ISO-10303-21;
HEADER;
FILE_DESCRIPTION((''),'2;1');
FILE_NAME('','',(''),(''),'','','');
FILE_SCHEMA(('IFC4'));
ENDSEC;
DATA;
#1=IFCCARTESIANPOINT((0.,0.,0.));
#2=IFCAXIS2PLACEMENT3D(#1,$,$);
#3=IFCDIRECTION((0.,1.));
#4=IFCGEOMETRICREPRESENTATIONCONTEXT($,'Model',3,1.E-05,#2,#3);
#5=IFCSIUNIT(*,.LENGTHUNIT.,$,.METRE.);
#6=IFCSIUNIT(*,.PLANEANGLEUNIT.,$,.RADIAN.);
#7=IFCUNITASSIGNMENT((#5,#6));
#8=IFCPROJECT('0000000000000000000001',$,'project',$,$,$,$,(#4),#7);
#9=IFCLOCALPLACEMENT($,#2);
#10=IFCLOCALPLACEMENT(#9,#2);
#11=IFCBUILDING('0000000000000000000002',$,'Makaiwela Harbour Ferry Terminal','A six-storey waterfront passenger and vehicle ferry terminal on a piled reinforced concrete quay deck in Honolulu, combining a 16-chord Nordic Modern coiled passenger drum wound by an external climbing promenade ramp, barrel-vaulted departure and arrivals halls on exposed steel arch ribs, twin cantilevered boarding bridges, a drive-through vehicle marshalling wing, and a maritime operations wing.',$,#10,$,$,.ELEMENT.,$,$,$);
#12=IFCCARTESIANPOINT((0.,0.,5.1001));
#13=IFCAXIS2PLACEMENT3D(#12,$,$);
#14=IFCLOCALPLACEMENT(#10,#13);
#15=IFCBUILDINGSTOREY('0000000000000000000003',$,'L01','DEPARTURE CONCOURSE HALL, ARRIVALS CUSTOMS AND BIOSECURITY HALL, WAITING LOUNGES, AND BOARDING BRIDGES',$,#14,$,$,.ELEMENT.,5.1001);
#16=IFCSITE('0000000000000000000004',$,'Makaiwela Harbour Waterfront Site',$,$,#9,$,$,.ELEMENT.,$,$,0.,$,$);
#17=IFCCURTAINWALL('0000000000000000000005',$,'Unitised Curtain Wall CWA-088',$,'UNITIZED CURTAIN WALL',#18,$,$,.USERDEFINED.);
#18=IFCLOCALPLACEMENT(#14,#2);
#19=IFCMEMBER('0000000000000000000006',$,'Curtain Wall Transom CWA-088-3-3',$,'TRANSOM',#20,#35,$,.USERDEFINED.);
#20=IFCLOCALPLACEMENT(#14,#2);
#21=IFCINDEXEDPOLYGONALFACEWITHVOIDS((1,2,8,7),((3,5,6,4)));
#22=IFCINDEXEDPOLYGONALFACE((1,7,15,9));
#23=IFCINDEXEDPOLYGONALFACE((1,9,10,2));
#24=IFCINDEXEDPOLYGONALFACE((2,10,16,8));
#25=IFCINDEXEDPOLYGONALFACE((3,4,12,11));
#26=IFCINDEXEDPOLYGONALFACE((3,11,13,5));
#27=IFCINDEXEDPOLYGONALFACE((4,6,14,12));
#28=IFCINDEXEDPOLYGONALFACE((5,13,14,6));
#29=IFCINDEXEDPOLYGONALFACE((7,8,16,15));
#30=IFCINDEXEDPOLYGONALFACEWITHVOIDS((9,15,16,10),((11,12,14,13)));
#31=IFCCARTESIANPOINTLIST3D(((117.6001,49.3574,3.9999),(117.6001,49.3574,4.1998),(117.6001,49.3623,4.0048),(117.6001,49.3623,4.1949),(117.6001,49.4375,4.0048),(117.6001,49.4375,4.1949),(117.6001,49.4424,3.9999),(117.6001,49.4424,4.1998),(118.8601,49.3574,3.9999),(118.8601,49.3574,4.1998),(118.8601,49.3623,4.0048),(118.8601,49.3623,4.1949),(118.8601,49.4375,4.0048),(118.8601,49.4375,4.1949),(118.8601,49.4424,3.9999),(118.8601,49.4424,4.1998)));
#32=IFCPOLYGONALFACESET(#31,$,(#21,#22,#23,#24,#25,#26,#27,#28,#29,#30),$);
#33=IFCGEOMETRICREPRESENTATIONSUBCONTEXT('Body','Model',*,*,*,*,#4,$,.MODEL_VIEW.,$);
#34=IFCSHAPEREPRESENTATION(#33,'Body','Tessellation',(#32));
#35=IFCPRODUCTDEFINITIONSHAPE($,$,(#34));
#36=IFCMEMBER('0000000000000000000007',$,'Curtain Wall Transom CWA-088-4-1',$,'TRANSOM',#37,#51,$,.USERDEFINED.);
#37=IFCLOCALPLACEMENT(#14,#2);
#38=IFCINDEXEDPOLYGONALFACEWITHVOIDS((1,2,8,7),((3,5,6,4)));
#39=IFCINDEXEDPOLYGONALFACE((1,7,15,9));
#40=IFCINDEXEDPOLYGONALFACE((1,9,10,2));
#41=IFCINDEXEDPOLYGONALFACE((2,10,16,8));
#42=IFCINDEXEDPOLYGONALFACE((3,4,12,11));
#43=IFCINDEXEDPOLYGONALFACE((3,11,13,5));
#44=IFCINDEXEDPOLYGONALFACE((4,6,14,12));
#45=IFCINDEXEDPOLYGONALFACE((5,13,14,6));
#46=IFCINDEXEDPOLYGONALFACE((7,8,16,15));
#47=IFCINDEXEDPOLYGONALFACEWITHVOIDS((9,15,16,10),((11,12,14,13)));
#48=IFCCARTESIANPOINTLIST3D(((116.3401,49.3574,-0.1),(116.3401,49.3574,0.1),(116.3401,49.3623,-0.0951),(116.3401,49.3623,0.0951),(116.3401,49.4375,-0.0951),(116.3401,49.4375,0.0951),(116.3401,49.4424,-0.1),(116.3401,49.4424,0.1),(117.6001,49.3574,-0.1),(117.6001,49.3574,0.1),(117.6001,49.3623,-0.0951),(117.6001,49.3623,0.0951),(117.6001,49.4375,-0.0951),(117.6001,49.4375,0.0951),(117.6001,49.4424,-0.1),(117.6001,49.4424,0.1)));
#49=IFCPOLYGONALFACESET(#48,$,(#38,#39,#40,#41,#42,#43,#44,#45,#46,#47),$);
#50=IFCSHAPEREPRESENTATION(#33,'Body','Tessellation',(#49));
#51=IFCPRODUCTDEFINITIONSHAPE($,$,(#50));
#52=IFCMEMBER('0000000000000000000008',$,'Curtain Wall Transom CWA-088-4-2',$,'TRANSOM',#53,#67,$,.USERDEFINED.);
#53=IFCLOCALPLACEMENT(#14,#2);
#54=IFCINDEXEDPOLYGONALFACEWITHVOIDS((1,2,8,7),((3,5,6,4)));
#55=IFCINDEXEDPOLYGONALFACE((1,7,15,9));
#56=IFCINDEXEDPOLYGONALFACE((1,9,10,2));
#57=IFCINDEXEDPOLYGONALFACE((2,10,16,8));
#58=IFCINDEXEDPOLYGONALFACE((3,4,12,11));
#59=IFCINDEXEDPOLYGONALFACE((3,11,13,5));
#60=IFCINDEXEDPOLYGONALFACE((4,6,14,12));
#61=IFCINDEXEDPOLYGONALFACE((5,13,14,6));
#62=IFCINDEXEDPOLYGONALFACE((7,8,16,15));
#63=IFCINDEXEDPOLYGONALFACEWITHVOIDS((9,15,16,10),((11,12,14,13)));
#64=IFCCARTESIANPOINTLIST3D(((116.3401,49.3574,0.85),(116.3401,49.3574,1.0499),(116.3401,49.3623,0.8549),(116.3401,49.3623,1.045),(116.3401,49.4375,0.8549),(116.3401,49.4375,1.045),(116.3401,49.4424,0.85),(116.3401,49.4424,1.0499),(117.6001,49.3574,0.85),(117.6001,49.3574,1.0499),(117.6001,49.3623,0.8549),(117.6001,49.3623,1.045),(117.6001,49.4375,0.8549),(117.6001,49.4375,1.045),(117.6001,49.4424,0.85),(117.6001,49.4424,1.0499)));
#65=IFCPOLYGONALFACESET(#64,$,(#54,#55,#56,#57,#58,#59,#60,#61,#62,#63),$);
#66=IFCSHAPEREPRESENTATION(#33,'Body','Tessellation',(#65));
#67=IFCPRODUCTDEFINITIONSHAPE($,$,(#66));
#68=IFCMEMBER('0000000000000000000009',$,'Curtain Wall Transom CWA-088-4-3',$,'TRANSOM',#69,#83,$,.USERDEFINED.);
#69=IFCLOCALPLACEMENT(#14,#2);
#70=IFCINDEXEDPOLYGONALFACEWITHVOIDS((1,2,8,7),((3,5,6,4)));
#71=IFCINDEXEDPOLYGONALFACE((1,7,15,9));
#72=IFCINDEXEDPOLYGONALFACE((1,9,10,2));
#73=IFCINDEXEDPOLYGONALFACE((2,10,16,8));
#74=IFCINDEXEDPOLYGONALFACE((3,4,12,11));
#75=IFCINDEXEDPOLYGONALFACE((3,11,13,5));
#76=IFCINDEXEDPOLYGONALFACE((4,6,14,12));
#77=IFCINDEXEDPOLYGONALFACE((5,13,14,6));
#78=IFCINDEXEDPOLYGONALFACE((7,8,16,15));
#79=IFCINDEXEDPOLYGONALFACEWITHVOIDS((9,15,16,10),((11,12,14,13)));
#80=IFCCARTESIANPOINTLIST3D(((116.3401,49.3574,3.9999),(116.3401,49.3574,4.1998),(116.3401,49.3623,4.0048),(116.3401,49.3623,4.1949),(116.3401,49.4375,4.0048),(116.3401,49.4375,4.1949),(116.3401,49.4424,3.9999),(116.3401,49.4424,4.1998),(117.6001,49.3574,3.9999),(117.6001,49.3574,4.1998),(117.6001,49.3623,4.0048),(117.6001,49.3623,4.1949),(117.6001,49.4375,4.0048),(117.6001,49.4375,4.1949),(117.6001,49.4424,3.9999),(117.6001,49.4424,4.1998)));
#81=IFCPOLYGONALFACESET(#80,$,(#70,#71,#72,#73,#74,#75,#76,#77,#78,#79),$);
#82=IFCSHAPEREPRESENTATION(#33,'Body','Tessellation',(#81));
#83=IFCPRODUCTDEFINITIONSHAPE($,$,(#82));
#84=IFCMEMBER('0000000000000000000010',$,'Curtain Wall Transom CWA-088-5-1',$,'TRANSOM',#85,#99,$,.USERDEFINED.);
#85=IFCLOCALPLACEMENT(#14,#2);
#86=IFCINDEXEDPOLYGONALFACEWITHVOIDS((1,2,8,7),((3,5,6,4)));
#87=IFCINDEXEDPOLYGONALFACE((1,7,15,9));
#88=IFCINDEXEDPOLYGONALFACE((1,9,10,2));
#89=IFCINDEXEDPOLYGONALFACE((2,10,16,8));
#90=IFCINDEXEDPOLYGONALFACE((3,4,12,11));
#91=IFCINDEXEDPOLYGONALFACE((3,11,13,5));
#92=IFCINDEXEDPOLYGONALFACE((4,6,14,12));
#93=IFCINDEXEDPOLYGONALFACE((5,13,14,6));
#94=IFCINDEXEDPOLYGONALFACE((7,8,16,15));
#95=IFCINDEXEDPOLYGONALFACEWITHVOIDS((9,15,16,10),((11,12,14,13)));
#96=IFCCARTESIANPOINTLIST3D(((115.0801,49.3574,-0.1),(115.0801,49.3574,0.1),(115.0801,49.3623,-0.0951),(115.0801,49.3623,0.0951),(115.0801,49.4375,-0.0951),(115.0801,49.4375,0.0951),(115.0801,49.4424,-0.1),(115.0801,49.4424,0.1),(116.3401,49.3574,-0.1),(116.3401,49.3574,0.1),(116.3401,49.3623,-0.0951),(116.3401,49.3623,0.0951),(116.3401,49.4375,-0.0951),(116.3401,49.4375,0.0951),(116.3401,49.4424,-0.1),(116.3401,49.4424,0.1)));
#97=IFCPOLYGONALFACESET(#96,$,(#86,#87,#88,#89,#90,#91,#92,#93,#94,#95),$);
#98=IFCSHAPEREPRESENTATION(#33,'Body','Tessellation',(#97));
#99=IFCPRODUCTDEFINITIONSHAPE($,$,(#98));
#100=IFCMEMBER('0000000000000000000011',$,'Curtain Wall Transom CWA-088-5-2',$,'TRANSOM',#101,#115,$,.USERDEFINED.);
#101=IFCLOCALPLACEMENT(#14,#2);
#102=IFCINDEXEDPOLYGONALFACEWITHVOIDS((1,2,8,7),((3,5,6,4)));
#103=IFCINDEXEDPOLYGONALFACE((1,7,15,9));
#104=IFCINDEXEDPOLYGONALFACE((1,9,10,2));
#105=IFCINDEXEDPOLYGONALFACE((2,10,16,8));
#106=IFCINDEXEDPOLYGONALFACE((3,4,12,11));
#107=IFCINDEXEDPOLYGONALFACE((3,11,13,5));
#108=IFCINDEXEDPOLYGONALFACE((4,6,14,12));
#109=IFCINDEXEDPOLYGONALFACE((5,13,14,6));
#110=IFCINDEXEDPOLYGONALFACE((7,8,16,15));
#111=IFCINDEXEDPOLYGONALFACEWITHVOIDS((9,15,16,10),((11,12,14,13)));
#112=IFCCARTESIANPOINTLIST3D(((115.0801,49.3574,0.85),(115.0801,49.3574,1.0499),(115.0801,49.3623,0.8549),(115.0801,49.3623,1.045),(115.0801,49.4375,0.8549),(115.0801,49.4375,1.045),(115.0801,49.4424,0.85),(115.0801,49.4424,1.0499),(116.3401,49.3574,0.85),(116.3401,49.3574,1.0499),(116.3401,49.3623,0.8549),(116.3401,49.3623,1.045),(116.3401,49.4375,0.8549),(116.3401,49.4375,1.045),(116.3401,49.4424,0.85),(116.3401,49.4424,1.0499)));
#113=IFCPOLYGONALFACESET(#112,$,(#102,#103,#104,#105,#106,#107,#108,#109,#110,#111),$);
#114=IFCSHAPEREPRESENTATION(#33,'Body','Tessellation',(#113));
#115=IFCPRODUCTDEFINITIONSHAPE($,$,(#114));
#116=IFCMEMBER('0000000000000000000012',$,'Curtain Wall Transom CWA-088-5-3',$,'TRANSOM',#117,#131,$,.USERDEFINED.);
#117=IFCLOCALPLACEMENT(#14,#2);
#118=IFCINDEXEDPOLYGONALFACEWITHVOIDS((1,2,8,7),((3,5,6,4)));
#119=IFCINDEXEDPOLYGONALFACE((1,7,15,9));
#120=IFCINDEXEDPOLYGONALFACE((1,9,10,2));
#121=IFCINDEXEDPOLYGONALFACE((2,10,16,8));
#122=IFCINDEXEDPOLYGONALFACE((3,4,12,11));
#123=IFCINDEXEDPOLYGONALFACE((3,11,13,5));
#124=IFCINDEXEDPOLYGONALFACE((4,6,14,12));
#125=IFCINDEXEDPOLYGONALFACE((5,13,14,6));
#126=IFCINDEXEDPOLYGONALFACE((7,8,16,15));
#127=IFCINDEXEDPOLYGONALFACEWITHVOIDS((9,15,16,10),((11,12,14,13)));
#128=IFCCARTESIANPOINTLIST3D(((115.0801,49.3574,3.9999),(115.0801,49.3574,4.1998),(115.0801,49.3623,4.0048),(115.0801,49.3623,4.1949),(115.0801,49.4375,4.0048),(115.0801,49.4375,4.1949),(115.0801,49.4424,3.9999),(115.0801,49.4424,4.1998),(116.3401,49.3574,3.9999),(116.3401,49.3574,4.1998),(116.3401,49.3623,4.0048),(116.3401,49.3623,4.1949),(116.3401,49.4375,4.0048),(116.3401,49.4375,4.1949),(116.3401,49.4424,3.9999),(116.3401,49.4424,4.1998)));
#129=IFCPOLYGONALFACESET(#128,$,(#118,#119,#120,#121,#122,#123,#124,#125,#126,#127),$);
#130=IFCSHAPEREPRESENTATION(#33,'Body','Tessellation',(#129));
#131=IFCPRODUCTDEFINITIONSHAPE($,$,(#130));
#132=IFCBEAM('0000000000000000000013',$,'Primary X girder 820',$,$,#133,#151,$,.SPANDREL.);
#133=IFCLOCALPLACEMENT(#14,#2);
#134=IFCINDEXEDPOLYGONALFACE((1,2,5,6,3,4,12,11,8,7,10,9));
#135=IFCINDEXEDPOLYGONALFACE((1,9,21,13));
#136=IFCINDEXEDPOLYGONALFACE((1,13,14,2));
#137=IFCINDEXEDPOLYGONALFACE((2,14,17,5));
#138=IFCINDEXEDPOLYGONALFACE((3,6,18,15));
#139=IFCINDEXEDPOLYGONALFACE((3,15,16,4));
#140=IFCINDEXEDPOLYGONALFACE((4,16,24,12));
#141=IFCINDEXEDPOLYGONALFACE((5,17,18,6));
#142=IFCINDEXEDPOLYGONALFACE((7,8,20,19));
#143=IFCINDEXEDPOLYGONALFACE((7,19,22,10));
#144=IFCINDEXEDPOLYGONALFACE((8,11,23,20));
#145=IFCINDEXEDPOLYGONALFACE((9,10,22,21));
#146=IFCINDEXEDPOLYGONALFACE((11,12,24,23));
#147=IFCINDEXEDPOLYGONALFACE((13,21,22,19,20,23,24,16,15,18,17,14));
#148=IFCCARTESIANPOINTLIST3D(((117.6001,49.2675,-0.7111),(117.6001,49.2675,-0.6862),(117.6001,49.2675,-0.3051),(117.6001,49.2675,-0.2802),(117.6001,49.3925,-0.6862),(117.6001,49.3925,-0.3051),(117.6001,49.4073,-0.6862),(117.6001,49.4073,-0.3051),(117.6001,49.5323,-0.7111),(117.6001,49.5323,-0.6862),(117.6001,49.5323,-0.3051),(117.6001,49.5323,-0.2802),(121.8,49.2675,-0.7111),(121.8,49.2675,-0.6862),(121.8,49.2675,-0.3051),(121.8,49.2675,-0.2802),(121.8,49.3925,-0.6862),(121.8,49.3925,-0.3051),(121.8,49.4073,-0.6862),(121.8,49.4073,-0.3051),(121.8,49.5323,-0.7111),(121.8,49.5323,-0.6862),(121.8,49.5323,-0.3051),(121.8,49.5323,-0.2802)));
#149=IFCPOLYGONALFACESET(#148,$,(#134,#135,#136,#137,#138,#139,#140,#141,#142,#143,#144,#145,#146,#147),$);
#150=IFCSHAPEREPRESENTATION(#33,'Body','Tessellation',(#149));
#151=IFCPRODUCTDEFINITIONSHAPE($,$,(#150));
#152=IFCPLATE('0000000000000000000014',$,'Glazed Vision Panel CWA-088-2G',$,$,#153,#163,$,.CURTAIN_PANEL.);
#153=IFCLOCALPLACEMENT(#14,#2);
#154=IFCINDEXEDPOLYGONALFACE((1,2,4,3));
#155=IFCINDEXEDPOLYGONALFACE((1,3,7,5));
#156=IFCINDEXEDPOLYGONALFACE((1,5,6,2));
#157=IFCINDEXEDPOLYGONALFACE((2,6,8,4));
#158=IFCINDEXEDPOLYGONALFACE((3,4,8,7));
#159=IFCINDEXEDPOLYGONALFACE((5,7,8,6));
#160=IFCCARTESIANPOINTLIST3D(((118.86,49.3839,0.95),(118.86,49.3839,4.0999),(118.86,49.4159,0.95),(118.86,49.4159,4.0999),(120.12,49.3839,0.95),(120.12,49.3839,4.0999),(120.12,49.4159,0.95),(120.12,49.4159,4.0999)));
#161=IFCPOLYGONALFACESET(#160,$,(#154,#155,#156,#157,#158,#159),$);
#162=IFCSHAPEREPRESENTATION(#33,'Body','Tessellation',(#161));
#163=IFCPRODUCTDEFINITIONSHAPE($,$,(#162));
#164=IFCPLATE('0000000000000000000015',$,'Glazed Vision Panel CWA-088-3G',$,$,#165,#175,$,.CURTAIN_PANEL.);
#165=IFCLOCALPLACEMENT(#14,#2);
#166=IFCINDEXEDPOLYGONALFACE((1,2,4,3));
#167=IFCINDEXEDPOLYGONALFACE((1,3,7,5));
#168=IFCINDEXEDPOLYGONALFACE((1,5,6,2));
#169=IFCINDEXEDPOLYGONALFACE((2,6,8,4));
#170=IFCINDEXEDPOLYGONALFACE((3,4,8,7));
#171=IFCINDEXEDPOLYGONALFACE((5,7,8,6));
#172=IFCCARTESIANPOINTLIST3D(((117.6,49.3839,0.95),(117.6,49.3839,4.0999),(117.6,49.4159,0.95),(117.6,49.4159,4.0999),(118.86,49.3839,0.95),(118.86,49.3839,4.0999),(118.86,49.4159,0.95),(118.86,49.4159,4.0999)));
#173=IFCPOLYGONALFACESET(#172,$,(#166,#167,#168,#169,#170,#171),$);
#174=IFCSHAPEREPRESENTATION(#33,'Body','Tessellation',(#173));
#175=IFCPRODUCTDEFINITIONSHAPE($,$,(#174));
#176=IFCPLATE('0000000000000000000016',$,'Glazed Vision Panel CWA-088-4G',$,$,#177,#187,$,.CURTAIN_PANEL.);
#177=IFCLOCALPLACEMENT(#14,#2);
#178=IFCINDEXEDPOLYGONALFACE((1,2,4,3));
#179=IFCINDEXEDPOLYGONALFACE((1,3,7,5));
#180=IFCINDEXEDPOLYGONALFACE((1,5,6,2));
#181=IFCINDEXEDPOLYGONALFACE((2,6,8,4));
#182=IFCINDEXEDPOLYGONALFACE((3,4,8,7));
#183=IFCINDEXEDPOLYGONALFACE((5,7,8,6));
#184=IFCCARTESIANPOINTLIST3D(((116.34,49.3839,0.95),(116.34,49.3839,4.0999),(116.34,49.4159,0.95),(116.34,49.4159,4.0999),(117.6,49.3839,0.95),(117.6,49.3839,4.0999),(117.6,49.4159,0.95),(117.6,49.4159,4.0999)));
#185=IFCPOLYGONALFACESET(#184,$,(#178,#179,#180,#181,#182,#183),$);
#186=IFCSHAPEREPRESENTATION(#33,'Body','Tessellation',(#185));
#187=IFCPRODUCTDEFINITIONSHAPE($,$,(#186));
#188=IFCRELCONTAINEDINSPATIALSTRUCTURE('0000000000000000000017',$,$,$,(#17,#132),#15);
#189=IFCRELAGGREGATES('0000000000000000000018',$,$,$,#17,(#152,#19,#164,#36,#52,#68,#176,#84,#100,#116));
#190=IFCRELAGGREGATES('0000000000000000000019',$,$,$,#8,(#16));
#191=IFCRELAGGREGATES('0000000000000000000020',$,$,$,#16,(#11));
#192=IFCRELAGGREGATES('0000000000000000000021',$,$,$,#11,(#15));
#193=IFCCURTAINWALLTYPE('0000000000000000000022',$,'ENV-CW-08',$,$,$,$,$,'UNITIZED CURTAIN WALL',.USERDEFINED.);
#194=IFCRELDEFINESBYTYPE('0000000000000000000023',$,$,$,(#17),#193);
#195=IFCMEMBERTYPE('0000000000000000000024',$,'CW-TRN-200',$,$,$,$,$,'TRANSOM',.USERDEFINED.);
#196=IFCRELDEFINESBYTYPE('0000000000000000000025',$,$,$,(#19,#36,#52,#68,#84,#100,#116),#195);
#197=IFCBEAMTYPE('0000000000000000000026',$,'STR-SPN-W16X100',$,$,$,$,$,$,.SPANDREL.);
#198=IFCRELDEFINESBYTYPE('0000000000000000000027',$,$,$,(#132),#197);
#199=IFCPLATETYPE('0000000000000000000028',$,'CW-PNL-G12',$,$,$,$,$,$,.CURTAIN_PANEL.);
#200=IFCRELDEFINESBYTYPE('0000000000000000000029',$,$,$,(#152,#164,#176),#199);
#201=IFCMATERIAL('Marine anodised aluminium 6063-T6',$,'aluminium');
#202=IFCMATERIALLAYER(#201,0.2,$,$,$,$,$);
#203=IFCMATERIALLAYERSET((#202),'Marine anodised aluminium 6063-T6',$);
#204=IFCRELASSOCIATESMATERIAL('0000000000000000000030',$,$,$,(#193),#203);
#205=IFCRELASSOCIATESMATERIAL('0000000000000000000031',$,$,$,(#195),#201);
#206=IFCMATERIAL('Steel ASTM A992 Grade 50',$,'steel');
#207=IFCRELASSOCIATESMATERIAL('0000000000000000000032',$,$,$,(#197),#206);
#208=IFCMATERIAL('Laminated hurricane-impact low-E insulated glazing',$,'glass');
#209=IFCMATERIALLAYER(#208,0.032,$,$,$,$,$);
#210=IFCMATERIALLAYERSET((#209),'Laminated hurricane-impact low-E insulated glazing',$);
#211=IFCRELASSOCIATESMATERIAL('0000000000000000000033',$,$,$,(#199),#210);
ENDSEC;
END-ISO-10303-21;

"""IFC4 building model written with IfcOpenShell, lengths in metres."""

from ifc_helpers import new_model, si_unit, direction, frame, origin, origin_2d, place, context, subcontext, project, spatial, rectangle, hollow_rectangle, i_section, extrude, material, layer, layer_set, material_profile, profile_set, type_object, element, aggregate, save


model = new_model("IFC4")

# Units and contexts
model_context = context("Model", 3, precision=1e-05, world=origin(), true_north=direction((0.0, 1.0)))
body_context = subcontext(model_context, "Body", "Model", "MODEL_VIEW")
ifc_project = project(units=[si_unit("LENGTHUNIT", "METRE"), si_unit("PLANEANGLEUNIT", "RADIAN")], contexts=[model_context])

# Site, building, storey
site_placement = place(None, origin())
site = spatial("IfcSite", under=ifc_project, at=site_placement, Name="Makaiwela Harbour Waterfront Site", CompositionType="ELEMENT", RefElevation=0.0)
building_placement = place(site_placement, origin())
building = spatial("IfcBuilding", under=site, at=building_placement, Name="Makaiwela Harbour Ferry Terminal", Description="A six-storey waterfront passenger and vehicle ferry terminal on a piled reinforced concrete quay deck in Honolulu, combining a 16-chord Nordic Modern coiled passenger drum wound by an external climbing promenade ramp, barrel-vaulted departure and arrivals halls on exposed steel arch ribs, twin cantilevered boarding bridges, a drive-through vehicle marshalling wing, and a maritime operations wing.", CompositionType="ELEMENT")
storey_placement = place(building_placement, frame((0.0, 0.0, 5.1001)))
storey = spatial("IfcBuildingStorey", under=building, at=storey_placement, Name="L01", Description="DEPARTURE CONCOURSE HALL, ARRIVALS CUSTOMS AND BIOSECURITY HALL, WAITING LOUNGES, AND BOARDING BRIDGES", CompositionType="ELEMENT", Elevation=5.1001)

# Shared definitions
ifc_material_1 = material(Name="Steel ASTM A992 Grade 50", Category="steel")

# Curtain wall, members
ifc_material_2 = material(Name="Marine anodised aluminium 6063-T6", Category="aluminium")
ifc_layer_1 = layer(ifc_material_2, 0.2)
ifc_layer_set_1 = layer_set([ifc_layer_1], Name="Marine anodised aluminium 6063-T6")
curtain_wall_type = type_object("IfcCurtainWallType", Name="ENV-CW-08", ElementType="UNITIZED CURTAIN WALL", PredefinedType="USERDEFINED", material=ifc_layer_set_1)
curtain_wall_placement = place(storey_placement, origin())
curtain_wall = element("IfcCurtainWall", 1, at=curtain_wall_placement, inside=storey, type_object=curtain_wall_type, Name="Unitised Curtain Wall CWA-088", ObjectType="UNITIZED CURTAIN WALL", PredefinedType="USERDEFINED")
ifc_material_profile_1 = material_profile(ifc_material_2, hollow_rectangle(XDim=0.085, YDim=0.2, WallThickness=0.0049, at=origin_2d()), Name="CWT-200X85")
ifc_profile_set_1 = profile_set([ifc_material_profile_1], Name="Marine anodised aluminium 6063-T6")
member_type_1 = type_object("IfcMemberType", Name="CW-TRN-200", ElementType="TRANSOM", PredefinedType="USERDEFINED", material=ifc_profile_set_1)
member_1_placement = place(storey_placement, frame((118.8601, 49.3999, 4.0999), z_axis=(-1.0, 0.0, 0.0), x_axis=(0.0, -1.0, 0.0)))
member_1 = element("IfcMember", 2, at=member_1_placement, type_object=member_type_1, Name="Curtain Wall Transom CWA-088-3-3", ObjectType="TRANSOM", PredefinedType="USERDEFINED", context=body_context, shape_type="SweptSolid", body=[
    extrude(hollow_rectangle(XDim=0.085, YDim=0.2, WallThickness=0.0049, at=origin_2d()), origin(), (0.0, 0.0, 1.0), 1.26),
])
member_2_placement = place(storey_placement, frame((117.6001, 49.3999, 0.0), z_axis=(-1.0, 0.0, 0.0), x_axis=(0.0, -1.0, 0.0)))
member_2 = element("IfcMember", 3, at=member_2_placement, type_object=member_type_1, Name="Curtain Wall Transom CWA-088-4-1", ObjectType="TRANSOM", PredefinedType="USERDEFINED", context=body_context, shape_type="SweptSolid", body=[
    extrude(hollow_rectangle(XDim=0.085, YDim=0.2, WallThickness=0.0049, at=origin_2d()), origin(), (0.0, 0.0, 1.0), 1.26),
])
member_3_placement = place(storey_placement, frame((117.6001, 49.3999, 0.95), z_axis=(-1.0, 0.0, 0.0), x_axis=(0.0, -1.0, 0.0)))
member_3 = element("IfcMember", 4, at=member_3_placement, type_object=member_type_1, Name="Curtain Wall Transom CWA-088-4-2", ObjectType="TRANSOM", PredefinedType="USERDEFINED", context=body_context, shape_type="SweptSolid", body=[
    extrude(hollow_rectangle(XDim=0.085, YDim=0.2, WallThickness=0.0049, at=origin_2d()), origin(), (0.0, 0.0, 1.0), 1.26),
])
member_4_placement = place(storey_placement, frame((117.6001, 49.3999, 4.0999), z_axis=(-1.0, 0.0, 0.0), x_axis=(0.0, -1.0, 0.0)))
member_4 = element("IfcMember", 5, at=member_4_placement, type_object=member_type_1, Name="Curtain Wall Transom CWA-088-4-3", ObjectType="TRANSOM", PredefinedType="USERDEFINED", context=body_context, shape_type="SweptSolid", body=[
    extrude(hollow_rectangle(XDim=0.085, YDim=0.2, WallThickness=0.0049, at=origin_2d()), origin(), (0.0, 0.0, 1.0), 1.26),
])
member_5_placement = place(storey_placement, frame((116.3401, 49.3999, 0.0), z_axis=(-1.0, 0.0, 0.0), x_axis=(0.0, -1.0, 0.0)))
member_5 = element("IfcMember", 6, at=member_5_placement, type_object=member_type_1, Name="Curtain Wall Transom CWA-088-5-1", ObjectType="TRANSOM", PredefinedType="USERDEFINED", context=body_context, shape_type="SweptSolid", body=[
    extrude(hollow_rectangle(XDim=0.085, YDim=0.2, WallThickness=0.0049, at=origin_2d()), origin(), (0.0, 0.0, 1.0), 1.26),
])
member_6_placement = place(storey_placement, frame((116.3401, 49.3999, 0.95), z_axis=(-1.0, 0.0, 0.0), x_axis=(0.0, -1.0, 0.0)))
member_6 = element("IfcMember", 7, at=member_6_placement, type_object=member_type_1, Name="Curtain Wall Transom CWA-088-5-2", ObjectType="TRANSOM", PredefinedType="USERDEFINED", context=body_context, shape_type="SweptSolid", body=[
    extrude(hollow_rectangle(XDim=0.085, YDim=0.2, WallThickness=0.0049, at=origin_2d()), origin(), (0.0, 0.0, 1.0), 1.26),
])
member_7_placement = place(storey_placement, frame((116.3401, 49.3999, 4.0999), z_axis=(-1.0, 0.0, 0.0), x_axis=(0.0, -1.0, 0.0)))
member_7 = element("IfcMember", 8, at=member_7_placement, type_object=member_type_1, Name="Curtain Wall Transom CWA-088-5-3", ObjectType="TRANSOM", PredefinedType="USERDEFINED", context=body_context, shape_type="SweptSolid", body=[
    extrude(hollow_rectangle(XDim=0.085, YDim=0.2, WallThickness=0.0049, at=origin_2d()), origin(), (0.0, 0.0, 1.0), 1.26),
])

# Beam
ifc_material_profile_2 = material_profile(ifc_material_1, i_section(OverallWidth=0.2649, OverallDepth=0.4309, WebThickness=0.0149, FlangeThickness=0.0249, at=origin_2d()), Name="W16X100")
ifc_profile_set_2 = profile_set([ifc_material_profile_2], Name="Steel ASTM A992 Grade 50")
beam_type = type_object("IfcBeamType", Name="STR-SPN-W16X100", PredefinedType="SPANDREL", material=ifc_profile_set_2)
beam_placement = place(storey_placement, frame((117.6001, 49.3999, -0.4956), z_axis=(1.0, 0.0, 0.0), x_axis=(0.0, 1.0, 0.0)))
element("IfcBeam", 9, at=beam_placement, inside=storey, type_object=beam_type, Name="Primary X girder 820", PredefinedType="SPANDREL", context=body_context, shape_type="SweptSolid", body=[
    extrude(i_section(OverallWidth=0.2649, OverallDepth=0.4309, WebThickness=0.0149, FlangeThickness=0.0249, at=origin_2d()), origin(), (0.0, 0.0, 1.0), 4.2),
])

# Plates
ifc_material_3 = material(Name="Laminated hurricane-impact low-E insulated glazing", Category="glass")
ifc_layer_2 = layer(ifc_material_3, 0.032)
ifc_layer_set_2 = layer_set([ifc_layer_2], Name="Laminated hurricane-impact low-E insulated glazing")
plate_type_1 = type_object("IfcPlateType", Name="CW-PNL-G12", PredefinedType="CURTAIN_PANEL", material=ifc_layer_set_2)
plate_1_placement = place(storey_placement, frame((119.49, 49.3999, 0.95), z_axis=(0.0, 0.0, 1.0), x_axis=(-1.0, 0.0, 0.0)))
plate_1 = element("IfcPlate", 10, at=plate_1_placement, type_object=plate_type_1, Name="Glazed Vision Panel CWA-088-2G", PredefinedType="CURTAIN_PANEL", context=body_context, shape_type="SweptSolid", body=[
    extrude(rectangle(XDim=1.26, YDim=0.032, at=origin_2d()), origin(), (0.0, 0.0, 1.0), 3.1499),
])
plate_2_placement = place(storey_placement, frame((118.23, 49.3999, 0.95), z_axis=(0.0, 0.0, 1.0), x_axis=(-1.0, 0.0, 0.0)))
plate_2 = element("IfcPlate", 11, at=plate_2_placement, type_object=plate_type_1, Name="Glazed Vision Panel CWA-088-3G", PredefinedType="CURTAIN_PANEL", context=body_context, shape_type="SweptSolid", body=[
    extrude(rectangle(XDim=1.26, YDim=0.032, at=origin_2d()), origin(), (0.0, 0.0, 1.0), 3.1499),
])
plate_3_placement = place(storey_placement, frame((116.97, 49.3999, 0.95), z_axis=(0.0, 0.0, 1.0), x_axis=(-1.0, 0.0, 0.0)))
plate_3 = element("IfcPlate", 12, at=plate_3_placement, type_object=plate_type_1, Name="Glazed Vision Panel CWA-088-4G", PredefinedType="CURTAIN_PANEL", context=body_context, shape_type="SweptSolid", body=[
    extrude(rectangle(XDim=1.26, YDim=0.032, at=origin_2d()), origin(), (0.0, 0.0, 1.0), 3.1499),
])
aggregate(curtain_wall, [plate_1, member_1, plate_2, member_2, member_3, member_4, plate_3, member_5, member_6, member_7])

save(model, "model.ifc")
